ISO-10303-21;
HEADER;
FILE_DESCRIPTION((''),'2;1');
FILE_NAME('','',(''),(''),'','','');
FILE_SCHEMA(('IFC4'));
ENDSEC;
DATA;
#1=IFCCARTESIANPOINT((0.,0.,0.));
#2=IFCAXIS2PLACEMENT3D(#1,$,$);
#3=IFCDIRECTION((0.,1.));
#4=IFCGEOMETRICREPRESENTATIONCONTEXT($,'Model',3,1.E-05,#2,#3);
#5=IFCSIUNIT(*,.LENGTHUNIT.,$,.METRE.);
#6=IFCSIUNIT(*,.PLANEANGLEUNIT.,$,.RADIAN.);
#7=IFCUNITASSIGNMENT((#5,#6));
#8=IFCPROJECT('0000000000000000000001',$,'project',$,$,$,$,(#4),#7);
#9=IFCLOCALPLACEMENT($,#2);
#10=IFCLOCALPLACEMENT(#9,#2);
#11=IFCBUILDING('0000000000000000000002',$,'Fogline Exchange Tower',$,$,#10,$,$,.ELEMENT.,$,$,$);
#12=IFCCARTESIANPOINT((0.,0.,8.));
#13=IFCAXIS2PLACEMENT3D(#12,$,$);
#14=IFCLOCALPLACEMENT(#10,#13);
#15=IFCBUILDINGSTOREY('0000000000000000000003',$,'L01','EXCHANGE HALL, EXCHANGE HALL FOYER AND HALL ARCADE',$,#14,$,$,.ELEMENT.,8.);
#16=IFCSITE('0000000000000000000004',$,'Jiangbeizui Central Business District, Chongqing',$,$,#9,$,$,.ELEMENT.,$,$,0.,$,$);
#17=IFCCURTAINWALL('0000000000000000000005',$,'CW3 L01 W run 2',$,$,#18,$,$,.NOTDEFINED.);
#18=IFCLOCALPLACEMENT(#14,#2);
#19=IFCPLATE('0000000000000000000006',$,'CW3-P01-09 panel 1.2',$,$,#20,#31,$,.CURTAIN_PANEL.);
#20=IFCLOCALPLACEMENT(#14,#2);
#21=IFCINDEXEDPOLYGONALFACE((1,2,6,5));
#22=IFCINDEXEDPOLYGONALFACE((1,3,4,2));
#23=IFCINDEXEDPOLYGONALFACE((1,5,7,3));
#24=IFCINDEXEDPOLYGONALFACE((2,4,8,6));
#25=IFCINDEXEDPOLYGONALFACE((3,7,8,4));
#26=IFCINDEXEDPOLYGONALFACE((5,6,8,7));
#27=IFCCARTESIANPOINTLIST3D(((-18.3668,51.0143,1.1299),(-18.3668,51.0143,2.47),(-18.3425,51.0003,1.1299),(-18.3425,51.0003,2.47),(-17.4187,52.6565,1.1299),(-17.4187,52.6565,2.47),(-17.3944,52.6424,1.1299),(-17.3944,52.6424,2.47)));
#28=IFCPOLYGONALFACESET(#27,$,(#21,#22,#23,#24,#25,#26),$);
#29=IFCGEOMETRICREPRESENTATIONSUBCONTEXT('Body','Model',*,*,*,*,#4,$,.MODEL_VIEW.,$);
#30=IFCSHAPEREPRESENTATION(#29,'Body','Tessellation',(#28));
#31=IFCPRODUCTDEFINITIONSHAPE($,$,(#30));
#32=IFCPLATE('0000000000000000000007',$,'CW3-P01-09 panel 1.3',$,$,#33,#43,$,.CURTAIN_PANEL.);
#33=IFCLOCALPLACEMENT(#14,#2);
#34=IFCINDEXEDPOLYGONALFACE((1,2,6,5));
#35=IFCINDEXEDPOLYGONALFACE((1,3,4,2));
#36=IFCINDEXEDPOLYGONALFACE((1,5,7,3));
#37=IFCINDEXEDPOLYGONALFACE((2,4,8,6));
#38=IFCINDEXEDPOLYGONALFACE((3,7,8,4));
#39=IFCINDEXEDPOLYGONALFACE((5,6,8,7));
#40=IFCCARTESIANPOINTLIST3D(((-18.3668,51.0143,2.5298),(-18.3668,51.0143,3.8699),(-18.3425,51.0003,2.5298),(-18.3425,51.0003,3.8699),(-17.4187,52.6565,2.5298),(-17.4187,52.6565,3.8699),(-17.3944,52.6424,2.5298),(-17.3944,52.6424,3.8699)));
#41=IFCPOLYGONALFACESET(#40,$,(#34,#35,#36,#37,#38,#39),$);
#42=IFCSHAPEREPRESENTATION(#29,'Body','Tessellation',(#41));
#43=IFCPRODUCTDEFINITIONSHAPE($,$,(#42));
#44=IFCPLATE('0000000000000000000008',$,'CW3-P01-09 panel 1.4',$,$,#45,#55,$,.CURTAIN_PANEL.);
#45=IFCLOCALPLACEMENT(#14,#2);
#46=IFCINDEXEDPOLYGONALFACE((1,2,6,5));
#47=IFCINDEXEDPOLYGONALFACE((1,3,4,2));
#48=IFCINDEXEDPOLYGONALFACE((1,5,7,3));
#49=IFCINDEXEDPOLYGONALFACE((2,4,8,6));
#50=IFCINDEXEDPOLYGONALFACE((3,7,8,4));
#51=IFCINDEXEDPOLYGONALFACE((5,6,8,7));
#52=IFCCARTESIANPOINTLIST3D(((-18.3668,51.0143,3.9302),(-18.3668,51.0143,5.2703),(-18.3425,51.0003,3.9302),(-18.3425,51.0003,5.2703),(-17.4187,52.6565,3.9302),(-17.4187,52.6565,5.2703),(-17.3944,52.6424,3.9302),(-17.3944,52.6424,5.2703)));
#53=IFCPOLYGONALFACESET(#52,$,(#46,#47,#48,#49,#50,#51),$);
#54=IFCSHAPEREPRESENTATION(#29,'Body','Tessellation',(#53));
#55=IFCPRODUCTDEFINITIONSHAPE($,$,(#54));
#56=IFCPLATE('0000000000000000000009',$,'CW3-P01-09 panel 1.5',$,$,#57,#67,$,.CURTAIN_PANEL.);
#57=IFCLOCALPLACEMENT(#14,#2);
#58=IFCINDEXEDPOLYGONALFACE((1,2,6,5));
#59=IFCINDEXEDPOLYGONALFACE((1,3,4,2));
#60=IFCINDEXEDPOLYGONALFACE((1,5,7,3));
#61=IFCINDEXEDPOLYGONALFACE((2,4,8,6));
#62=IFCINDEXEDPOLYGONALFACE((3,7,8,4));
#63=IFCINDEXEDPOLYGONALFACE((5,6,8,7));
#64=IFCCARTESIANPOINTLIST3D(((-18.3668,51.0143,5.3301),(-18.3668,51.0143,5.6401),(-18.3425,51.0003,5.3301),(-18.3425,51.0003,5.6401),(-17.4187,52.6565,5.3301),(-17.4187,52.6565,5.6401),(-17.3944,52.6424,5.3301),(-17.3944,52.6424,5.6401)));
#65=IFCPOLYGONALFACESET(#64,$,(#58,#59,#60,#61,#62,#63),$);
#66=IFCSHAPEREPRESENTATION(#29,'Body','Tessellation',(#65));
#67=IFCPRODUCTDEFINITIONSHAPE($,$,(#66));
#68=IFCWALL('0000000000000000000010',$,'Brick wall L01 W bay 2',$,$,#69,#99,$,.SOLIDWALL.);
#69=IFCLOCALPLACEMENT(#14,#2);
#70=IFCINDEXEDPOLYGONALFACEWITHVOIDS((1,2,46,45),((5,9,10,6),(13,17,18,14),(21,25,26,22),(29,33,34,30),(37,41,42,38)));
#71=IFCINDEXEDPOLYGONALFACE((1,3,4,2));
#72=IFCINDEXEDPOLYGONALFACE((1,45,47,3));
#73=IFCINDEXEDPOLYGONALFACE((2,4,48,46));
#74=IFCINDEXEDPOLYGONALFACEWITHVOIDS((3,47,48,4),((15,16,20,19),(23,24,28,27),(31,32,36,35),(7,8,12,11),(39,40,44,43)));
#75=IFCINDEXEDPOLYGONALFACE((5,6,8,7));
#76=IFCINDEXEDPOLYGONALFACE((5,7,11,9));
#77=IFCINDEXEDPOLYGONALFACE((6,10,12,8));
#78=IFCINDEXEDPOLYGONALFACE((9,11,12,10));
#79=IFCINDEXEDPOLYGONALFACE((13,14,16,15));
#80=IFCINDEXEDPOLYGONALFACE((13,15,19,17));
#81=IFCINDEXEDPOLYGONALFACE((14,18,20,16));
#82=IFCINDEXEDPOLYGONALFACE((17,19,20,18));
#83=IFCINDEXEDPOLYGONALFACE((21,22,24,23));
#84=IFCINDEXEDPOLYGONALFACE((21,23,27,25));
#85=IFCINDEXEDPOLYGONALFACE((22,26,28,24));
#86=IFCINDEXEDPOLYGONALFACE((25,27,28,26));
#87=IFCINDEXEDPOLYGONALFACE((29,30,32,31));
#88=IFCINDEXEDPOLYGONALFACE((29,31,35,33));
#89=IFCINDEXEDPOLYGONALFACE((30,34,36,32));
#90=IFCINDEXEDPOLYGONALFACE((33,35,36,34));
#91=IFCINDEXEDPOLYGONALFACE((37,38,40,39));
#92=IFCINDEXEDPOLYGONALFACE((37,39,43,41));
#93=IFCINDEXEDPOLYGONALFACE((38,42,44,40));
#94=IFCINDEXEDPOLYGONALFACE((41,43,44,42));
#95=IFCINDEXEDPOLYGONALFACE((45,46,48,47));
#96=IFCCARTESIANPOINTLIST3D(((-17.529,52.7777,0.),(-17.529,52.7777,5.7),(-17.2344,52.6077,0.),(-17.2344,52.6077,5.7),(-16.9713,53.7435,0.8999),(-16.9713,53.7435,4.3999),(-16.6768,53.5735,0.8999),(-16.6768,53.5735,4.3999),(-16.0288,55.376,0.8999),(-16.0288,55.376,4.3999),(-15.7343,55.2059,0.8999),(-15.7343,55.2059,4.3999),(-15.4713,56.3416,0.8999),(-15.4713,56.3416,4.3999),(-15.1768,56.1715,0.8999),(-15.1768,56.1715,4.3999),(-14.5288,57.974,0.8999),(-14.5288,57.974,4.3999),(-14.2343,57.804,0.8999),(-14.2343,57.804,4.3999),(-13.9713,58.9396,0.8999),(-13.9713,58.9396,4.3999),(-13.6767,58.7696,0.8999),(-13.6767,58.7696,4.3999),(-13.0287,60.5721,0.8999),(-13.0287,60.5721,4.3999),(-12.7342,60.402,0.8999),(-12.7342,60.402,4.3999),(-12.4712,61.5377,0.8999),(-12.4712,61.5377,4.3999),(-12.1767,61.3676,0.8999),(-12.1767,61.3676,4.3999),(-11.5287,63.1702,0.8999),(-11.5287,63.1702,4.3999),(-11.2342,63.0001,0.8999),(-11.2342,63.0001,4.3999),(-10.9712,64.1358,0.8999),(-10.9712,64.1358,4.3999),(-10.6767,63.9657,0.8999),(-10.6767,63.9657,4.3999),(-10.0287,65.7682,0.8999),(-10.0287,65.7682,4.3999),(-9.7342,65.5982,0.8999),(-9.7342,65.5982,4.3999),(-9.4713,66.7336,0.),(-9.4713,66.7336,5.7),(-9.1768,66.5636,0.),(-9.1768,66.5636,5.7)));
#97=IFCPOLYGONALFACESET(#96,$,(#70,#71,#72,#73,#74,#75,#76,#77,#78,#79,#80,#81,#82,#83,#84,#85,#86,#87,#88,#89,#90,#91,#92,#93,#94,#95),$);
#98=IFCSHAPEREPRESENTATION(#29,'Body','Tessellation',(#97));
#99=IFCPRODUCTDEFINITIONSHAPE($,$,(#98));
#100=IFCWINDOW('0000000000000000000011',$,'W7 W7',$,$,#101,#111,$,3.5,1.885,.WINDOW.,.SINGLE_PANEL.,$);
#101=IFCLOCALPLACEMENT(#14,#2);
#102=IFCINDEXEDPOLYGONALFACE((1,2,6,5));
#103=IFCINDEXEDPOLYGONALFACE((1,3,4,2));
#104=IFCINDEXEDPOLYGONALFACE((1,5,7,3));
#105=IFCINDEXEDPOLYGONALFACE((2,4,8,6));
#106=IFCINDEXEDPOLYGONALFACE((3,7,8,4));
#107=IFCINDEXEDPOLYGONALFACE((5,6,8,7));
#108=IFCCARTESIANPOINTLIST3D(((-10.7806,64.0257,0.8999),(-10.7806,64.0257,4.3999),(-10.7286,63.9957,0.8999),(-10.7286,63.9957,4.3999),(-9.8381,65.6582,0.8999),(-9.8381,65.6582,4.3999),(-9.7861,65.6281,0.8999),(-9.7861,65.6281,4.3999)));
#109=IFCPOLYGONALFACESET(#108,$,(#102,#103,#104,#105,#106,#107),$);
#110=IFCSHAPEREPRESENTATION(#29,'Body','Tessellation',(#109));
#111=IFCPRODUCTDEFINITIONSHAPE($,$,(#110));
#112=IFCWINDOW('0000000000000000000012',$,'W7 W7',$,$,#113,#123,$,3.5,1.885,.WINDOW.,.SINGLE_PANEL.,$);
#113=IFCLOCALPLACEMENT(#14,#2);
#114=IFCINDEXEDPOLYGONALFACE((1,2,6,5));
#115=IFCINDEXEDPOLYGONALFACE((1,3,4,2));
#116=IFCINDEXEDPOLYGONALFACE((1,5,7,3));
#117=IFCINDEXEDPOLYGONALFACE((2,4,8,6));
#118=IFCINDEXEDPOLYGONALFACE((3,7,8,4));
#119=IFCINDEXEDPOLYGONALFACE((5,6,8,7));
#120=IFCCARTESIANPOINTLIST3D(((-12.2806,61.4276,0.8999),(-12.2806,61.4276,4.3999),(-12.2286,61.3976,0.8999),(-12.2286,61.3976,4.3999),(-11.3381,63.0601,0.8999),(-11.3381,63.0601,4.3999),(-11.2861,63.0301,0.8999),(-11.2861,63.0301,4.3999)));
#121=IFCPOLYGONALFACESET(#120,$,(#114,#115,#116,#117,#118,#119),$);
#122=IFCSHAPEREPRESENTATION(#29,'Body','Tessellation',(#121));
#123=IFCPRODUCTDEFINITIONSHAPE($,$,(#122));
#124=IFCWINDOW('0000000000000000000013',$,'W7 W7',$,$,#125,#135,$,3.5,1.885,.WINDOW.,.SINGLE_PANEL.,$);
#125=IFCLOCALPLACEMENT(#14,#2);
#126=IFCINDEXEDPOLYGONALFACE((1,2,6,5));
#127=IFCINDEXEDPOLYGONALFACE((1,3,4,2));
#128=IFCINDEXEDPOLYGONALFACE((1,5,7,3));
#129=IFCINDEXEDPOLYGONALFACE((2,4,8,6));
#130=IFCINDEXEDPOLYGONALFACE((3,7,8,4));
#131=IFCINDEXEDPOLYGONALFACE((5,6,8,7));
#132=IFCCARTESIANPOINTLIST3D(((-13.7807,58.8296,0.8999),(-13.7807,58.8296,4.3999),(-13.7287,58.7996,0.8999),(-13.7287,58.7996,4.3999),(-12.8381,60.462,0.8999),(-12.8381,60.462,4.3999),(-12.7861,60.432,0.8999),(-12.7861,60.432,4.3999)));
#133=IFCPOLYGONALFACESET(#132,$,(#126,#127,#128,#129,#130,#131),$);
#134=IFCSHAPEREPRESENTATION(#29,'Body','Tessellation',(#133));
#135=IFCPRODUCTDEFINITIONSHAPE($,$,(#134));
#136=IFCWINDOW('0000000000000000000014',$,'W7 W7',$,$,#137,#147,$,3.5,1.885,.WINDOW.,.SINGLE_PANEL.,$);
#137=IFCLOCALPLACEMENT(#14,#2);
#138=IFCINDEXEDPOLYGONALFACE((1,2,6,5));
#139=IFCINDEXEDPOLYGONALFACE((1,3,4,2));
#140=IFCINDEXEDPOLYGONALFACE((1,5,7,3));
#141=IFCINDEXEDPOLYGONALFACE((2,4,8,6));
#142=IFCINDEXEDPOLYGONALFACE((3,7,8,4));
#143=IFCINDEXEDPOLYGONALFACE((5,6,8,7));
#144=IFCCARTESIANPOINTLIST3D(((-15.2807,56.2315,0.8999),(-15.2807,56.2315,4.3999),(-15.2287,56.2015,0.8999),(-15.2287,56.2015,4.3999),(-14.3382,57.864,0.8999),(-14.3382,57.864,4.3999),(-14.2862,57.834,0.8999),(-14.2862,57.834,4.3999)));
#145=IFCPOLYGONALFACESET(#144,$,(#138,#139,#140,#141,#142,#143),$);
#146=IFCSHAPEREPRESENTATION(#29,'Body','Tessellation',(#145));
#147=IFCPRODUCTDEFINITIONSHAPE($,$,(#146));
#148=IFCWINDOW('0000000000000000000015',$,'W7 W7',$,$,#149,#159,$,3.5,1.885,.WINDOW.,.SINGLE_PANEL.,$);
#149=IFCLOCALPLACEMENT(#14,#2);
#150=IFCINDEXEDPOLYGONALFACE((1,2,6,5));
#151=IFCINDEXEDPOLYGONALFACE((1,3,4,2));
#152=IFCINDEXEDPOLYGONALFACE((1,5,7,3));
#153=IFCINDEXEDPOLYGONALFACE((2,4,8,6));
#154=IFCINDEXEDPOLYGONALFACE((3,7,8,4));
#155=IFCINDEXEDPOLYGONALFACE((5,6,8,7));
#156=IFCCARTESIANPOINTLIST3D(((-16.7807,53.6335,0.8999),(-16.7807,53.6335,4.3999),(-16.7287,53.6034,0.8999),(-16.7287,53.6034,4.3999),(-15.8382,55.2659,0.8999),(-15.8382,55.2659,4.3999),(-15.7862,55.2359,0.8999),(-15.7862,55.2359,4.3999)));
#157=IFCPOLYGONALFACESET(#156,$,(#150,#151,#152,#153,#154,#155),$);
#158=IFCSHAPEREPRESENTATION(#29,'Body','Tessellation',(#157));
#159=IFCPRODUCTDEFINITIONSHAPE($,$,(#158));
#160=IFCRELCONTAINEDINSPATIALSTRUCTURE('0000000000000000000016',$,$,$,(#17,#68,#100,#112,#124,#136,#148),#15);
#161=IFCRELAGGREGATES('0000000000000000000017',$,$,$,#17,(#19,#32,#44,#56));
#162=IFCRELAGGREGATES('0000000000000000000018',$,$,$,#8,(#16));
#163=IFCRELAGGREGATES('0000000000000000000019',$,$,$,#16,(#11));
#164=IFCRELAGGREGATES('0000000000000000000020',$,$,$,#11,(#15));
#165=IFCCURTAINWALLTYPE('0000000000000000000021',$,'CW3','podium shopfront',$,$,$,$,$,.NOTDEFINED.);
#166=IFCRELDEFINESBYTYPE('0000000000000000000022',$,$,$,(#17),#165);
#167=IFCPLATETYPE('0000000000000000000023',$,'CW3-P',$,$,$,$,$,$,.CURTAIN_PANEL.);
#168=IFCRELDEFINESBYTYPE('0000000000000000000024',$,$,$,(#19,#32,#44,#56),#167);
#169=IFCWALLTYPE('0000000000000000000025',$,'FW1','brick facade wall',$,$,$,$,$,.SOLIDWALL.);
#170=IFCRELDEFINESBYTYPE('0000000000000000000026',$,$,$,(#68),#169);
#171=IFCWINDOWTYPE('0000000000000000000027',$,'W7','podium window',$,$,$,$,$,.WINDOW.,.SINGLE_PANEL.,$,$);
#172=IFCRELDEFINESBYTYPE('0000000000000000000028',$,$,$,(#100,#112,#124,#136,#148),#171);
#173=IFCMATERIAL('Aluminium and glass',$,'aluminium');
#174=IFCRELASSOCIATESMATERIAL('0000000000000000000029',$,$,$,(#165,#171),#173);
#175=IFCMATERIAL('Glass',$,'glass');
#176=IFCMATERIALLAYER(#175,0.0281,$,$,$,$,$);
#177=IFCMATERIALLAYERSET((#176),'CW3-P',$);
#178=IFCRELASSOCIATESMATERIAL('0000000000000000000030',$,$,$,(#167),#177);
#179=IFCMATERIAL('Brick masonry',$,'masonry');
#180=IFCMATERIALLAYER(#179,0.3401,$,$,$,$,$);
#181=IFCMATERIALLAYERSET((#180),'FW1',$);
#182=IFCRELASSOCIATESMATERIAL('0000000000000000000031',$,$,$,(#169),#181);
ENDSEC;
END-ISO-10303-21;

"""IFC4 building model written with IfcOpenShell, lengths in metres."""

from ifc_helpers import new_model, si_unit, direction, frame, frame_2d, origin, origin_2d, place, context, subcontext, project, spatial, rectangle, extrude, material, layer, layer_set, type_object, element, fill, aggregate, save


model = new_model("IFC4")

# Units and contexts
model_context = context("Model", 3, precision=1e-05, world=origin(), true_north=direction((0.0, 1.0)))
body_context = subcontext(model_context, "Body", "Model", "MODEL_VIEW")
ifc_project = project(units=[si_unit("LENGTHUNIT", "METRE"), si_unit("PLANEANGLEUNIT", "RADIAN")], contexts=[model_context])

# Site, building, storey
site_placement = place(None, origin())
site = spatial("IfcSite", under=ifc_project, at=site_placement, Name="Jiangbeizui Central Business District, Chongqing", CompositionType="ELEMENT", RefElevation=0.0)
building_placement = place(site_placement, origin())
building = spatial("IfcBuilding", under=site, at=building_placement, Name="Fogline Exchange Tower", CompositionType="ELEMENT")
storey_placement = place(building_placement, frame((0.0, 0.0, 8.0)))
storey = spatial("IfcBuildingStorey", under=building, at=storey_placement, Name="L01", Description="EXCHANGE HALL, EXCHANGE HALL FOYER AND HALL ARCADE", CompositionType="ELEMENT", Elevation=8.0)

# Curtain wall, plates
ifc_material_1 = material(Name="Aluminium and glass", Category="aluminium")
curtain_wall_type = type_object("IfcCurtainWallType", Name="CW3", Description="podium shopfront", PredefinedType="NOTDEFINED", material=ifc_material_1)
curtain_wall_placement = place(storey_placement, origin())
curtain_wall = element("IfcCurtainWall", 1, at=curtain_wall_placement, inside=storey, type_object=curtain_wall_type, Name="CW3 L01 W run 2", PredefinedType="NOTDEFINED")
ifc_material_2 = material(Name="Glass", Category="glass")
ifc_layer_1 = layer(ifc_material_2, 0.0281)
ifc_layer_set_1 = layer_set([ifc_layer_1], Name="CW3-P")
plate_type = type_object("IfcPlateType", Name="CW3-P", PredefinedType="CURTAIN_PANEL", material=ifc_layer_set_1)
plate_1_placement = place(storey_placement, frame((-17.8806, 51.8284, 1.1299), z_axis=(0.0, 0.0, 1.0), x_axis=(-0.5, -0.866025, 0.0)))
plate_1 = element("IfcPlate", 2, at=plate_1_placement, type_object=plate_type, Name="CW3-P01-09 panel 1.2", PredefinedType="CURTAIN_PANEL", context=body_context, shape_type="SweptSolid", body=[
    extrude(rectangle(XDim=1.8962, YDim=0.0281, at=origin_2d()), origin(), (0.0, 0.0, 1.0), 1.3401),
])
plate_2_placement = place(storey_placement, frame((-17.8806, 51.8284, 2.5298), z_axis=(0.0, 0.0, 1.0), x_axis=(-0.5, -0.866025, 0.0)))
plate_2 = element("IfcPlate", 3, at=plate_2_placement, type_object=plate_type, Name="CW3-P01-09 panel 1.3", PredefinedType="CURTAIN_PANEL", context=body_context, shape_type="SweptSolid", body=[
    extrude(rectangle(XDim=1.8962, YDim=0.0281, at=origin_2d()), origin(), (0.0, 0.0, 1.0), 1.3401),
])
plate_3_placement = place(storey_placement, frame((-17.8806, 51.8284, 3.9302), z_axis=(0.0, 0.0, 1.0), x_axis=(-0.5, -0.866025, 0.0)))
plate_3 = element("IfcPlate", 4, at=plate_3_placement, type_object=plate_type, Name="CW3-P01-09 panel 1.4", PredefinedType="CURTAIN_PANEL", context=body_context, shape_type="SweptSolid", body=[
    extrude(rectangle(XDim=1.8962, YDim=0.0281, at=origin_2d()), origin(), (0.0, 0.0, 1.0), 1.3401),
])
plate_4_placement = place(storey_placement, frame((-17.8806, 51.8284, 5.3301), z_axis=(0.0, 0.0, 1.0), x_axis=(-0.5, -0.866025, 0.0)))
plate_4 = element("IfcPlate", 5, at=plate_4_placement, type_object=plate_type, Name="CW3-P01-09 panel 1.5", PredefinedType="CURTAIN_PANEL", context=body_context, shape_type="SweptSolid", body=[
    extrude(rectangle(XDim=1.8962, YDim=0.0281, at=origin_2d()), origin(), (0.0, 0.0, 1.0), 0.3101),
])
aggregate(curtain_wall, [plate_1, plate_2, plate_3, plate_4])

# Wall, openings, windows
ifc_material_3 = material(Name="Brick masonry", Category="masonry")
ifc_layer_2 = layer(ifc_material_3, 0.3401)
ifc_layer_set_2 = layer_set([ifc_layer_2], Name="FW1")
wall_type_1 = type_object("IfcWallType", Name="FW1", Description="brick facade wall", PredefinedType="SOLIDWALL", material=ifc_layer_set_2)
wall_1_placement = place(storey_placement, frame((-9.324, 66.6487, 0.0), z_axis=(0.0, 0.0, 1.0), x_axis=(-0.500011, -0.866019, 0.0)))
wall_1 = element("IfcWall", 6, at=wall_1_placement, inside=storey, type_object=wall_type_1, Name="Brick wall L01 W bay 2", PredefinedType="SOLIDWALL", context=body_context, shape_type="SweptSolid", body=[
    extrude(rectangle(XDim=16.115, YDim=0.3401, at=frame_2d((8.0576, 0.0))), origin(), (0.0, 0.0, 1.0), 5.7),
])
opening_1_placement = place(wall_1_placement, frame((1.115, 0.0, 0.8999)))
opening_1 = element("IfcOpeningElement", 7, at=opening_1_placement, cuts=wall_1, PredefinedType="OPENING", context=body_context, shape_type="SweptSolid", body=[
    extrude(rectangle(XDim=1.885, YDim=3.5, at=frame_2d((0.9424, 1.75))), frame((0.0, 0.1802, 0.0), z_axis=(0.0, -1.0, 0.0), x_axis=(1.0, 0.0, 0.0)), (0.0, 0.0, 1.0), 0.3601),
])
opening_2_placement = place(wall_1_placement, frame((4.115, 0.0, 0.8999)))
opening_2 = element("IfcOpeningElement", 8, at=opening_2_placement, cuts=wall_1, PredefinedType="OPENING", context=body_context, shape_type="SweptSolid", body=[
    extrude(rectangle(XDim=1.885, YDim=3.5, at=frame_2d((0.9424, 1.75))), frame((0.0, 0.1802, 0.0), z_axis=(0.0, -1.0, 0.0), x_axis=(1.0, 0.0, 0.0)), (0.0, 0.0, 1.0), 0.3601),
])
opening_3_placement = place(wall_1_placement, frame((7.115, 0.0, 0.8999)))
opening_3 = element("IfcOpeningElement", 9, at=opening_3_placement, cuts=wall_1, PredefinedType="OPENING", context=body_context, shape_type="SweptSolid", body=[
    extrude(rectangle(XDim=1.885, YDim=3.5, at=frame_2d((0.9424, 1.75))), frame((0.0, 0.1802, 0.0), z_axis=(0.0, -1.0, 0.0), x_axis=(1.0, 0.0, 0.0)), (0.0, 0.0, 1.0), 0.3601),
])
opening_4_placement = place(wall_1_placement, frame((10.115, 0.0, 0.8999)))
opening_4 = element("IfcOpeningElement", 10, at=opening_4_placement, cuts=wall_1, PredefinedType="OPENING", context=body_context, shape_type="SweptSolid", body=[
    extrude(rectangle(XDim=1.885, YDim=3.5, at=frame_2d((0.9424, 1.75))), frame((0.0, 0.1802, 0.0), z_axis=(0.0, -1.0, 0.0), x_axis=(1.0, 0.0, 0.0)), (0.0, 0.0, 1.0), 0.3601),
])
opening_5_placement = place(wall_1_placement, frame((13.115, 0.0, 0.8999)))
opening_5 = element("IfcOpeningElement", 11, at=opening_5_placement, cuts=wall_1, PredefinedType="OPENING", context=body_context, shape_type="SweptSolid", body=[
    extrude(rectangle(XDim=1.885, YDim=3.5, at=frame_2d((0.9424, 1.75))), frame((0.0, 0.1802, 0.0), z_axis=(0.0, -1.0, 0.0), x_axis=(1.0, 0.0, 0.0)), (0.0, 0.0, 1.0), 0.3601),
])
window_type = type_object("IfcWindowType", Name="W7", Description="podium window", PartitioningType="SINGLE_PANEL", PredefinedType="WINDOW", material=ifc_material_1)
window_1_placement = place(opening_1_placement, origin())
window_1 = element("IfcWindow", 12, at=window_1_placement, inside=storey, type_object=window_type, Name="W7 W7", OverallHeight=3.5, OverallWidth=1.885, PartitioningType="SINGLE_PANEL", PredefinedType="WINDOW", context=body_context, shape_type="SweptSolid", body=[
    extrude(rectangle(XDim=1.885, YDim=3.5, at=frame_2d((0.9424, 1.75))), frame((0.0, 0.1101, 0.0), z_axis=(0.0, -1.0, 0.0), x_axis=(1.0, 0.0, 0.0)), (0.0, 0.0, 1.0), 0.0601),
])
fill(opening_1, window_1)
window_2_placement = place(opening_2_placement, origin())
window_2 = element("IfcWindow", 13, at=window_2_placement, inside=storey, type_object=window_type, Name="W7 W7", OverallHeight=3.5, OverallWidth=1.885, PartitioningType="SINGLE_PANEL", PredefinedType="WINDOW", context=body_context, shape_type="SweptSolid", body=[
    extrude(rectangle(XDim=1.885, YDim=3.5, at=frame_2d((0.9424, 1.75))), frame((0.0, 0.1101, 0.0), z_axis=(0.0, -1.0, 0.0), x_axis=(1.0, 0.0, 0.0)), (0.0, 0.0, 1.0), 0.0601),
])
fill(opening_2, window_2)
window_3_placement = place(opening_3_placement, origin())
window_3 = element("IfcWindow", 14, at=window_3_placement, inside=storey, type_object=window_type, Name="W7 W7", OverallHeight=3.5, OverallWidth=1.885, PartitioningType="SINGLE_PANEL", PredefinedType="WINDOW", context=body_context, shape_type="SweptSolid", body=[
    extrude(rectangle(XDim=1.885, YDim=3.5, at=frame_2d((0.9424, 1.75))), frame((0.0, 0.1101, 0.0), z_axis=(0.0, -1.0, 0.0), x_axis=(1.0, 0.0, 0.0)), (0.0, 0.0, 1.0), 0.0601),
])
fill(opening_3, window_3)
window_4_placement = place(opening_4_placement, origin())
window_4 = element("IfcWindow", 15, at=window_4_placement, inside=storey, type_object=window_type, Name="W7 W7", OverallHeight=3.5, OverallWidth=1.885, PartitioningType="SINGLE_PANEL", PredefinedType="WINDOW", context=body_context, shape_type="SweptSolid", body=[
    extrude(rectangle(XDim=1.885, YDim=3.5, at=frame_2d((0.9424, 1.75))), frame((0.0, 0.1101, 0.0), z_axis=(0.0, -1.0, 0.0), x_axis=(1.0, 0.0, 0.0)), (0.0, 0.0, 1.0), 0.0601),
])
fill(opening_4, window_4)
window_5_placement = place(opening_5_placement, origin())
window_5 = element("IfcWindow", 16, at=window_5_placement, inside=storey, type_object=window_type, Name="W7 W7", OverallHeight=3.5, OverallWidth=1.885, PartitioningType="SINGLE_PANEL", PredefinedType="WINDOW", context=body_context, shape_type="SweptSolid", body=[
    extrude(rectangle(XDim=1.885, YDim=3.5, at=frame_2d((0.9424, 1.75))), frame((0.0, 0.1101, 0.0), z_axis=(0.0, -1.0, 0.0), x_axis=(1.0, 0.0, 0.0)), (0.0, 0.0, 1.0), 0.0601),
])
fill(opening_5, window_5)

save(model, "model.ifc")
